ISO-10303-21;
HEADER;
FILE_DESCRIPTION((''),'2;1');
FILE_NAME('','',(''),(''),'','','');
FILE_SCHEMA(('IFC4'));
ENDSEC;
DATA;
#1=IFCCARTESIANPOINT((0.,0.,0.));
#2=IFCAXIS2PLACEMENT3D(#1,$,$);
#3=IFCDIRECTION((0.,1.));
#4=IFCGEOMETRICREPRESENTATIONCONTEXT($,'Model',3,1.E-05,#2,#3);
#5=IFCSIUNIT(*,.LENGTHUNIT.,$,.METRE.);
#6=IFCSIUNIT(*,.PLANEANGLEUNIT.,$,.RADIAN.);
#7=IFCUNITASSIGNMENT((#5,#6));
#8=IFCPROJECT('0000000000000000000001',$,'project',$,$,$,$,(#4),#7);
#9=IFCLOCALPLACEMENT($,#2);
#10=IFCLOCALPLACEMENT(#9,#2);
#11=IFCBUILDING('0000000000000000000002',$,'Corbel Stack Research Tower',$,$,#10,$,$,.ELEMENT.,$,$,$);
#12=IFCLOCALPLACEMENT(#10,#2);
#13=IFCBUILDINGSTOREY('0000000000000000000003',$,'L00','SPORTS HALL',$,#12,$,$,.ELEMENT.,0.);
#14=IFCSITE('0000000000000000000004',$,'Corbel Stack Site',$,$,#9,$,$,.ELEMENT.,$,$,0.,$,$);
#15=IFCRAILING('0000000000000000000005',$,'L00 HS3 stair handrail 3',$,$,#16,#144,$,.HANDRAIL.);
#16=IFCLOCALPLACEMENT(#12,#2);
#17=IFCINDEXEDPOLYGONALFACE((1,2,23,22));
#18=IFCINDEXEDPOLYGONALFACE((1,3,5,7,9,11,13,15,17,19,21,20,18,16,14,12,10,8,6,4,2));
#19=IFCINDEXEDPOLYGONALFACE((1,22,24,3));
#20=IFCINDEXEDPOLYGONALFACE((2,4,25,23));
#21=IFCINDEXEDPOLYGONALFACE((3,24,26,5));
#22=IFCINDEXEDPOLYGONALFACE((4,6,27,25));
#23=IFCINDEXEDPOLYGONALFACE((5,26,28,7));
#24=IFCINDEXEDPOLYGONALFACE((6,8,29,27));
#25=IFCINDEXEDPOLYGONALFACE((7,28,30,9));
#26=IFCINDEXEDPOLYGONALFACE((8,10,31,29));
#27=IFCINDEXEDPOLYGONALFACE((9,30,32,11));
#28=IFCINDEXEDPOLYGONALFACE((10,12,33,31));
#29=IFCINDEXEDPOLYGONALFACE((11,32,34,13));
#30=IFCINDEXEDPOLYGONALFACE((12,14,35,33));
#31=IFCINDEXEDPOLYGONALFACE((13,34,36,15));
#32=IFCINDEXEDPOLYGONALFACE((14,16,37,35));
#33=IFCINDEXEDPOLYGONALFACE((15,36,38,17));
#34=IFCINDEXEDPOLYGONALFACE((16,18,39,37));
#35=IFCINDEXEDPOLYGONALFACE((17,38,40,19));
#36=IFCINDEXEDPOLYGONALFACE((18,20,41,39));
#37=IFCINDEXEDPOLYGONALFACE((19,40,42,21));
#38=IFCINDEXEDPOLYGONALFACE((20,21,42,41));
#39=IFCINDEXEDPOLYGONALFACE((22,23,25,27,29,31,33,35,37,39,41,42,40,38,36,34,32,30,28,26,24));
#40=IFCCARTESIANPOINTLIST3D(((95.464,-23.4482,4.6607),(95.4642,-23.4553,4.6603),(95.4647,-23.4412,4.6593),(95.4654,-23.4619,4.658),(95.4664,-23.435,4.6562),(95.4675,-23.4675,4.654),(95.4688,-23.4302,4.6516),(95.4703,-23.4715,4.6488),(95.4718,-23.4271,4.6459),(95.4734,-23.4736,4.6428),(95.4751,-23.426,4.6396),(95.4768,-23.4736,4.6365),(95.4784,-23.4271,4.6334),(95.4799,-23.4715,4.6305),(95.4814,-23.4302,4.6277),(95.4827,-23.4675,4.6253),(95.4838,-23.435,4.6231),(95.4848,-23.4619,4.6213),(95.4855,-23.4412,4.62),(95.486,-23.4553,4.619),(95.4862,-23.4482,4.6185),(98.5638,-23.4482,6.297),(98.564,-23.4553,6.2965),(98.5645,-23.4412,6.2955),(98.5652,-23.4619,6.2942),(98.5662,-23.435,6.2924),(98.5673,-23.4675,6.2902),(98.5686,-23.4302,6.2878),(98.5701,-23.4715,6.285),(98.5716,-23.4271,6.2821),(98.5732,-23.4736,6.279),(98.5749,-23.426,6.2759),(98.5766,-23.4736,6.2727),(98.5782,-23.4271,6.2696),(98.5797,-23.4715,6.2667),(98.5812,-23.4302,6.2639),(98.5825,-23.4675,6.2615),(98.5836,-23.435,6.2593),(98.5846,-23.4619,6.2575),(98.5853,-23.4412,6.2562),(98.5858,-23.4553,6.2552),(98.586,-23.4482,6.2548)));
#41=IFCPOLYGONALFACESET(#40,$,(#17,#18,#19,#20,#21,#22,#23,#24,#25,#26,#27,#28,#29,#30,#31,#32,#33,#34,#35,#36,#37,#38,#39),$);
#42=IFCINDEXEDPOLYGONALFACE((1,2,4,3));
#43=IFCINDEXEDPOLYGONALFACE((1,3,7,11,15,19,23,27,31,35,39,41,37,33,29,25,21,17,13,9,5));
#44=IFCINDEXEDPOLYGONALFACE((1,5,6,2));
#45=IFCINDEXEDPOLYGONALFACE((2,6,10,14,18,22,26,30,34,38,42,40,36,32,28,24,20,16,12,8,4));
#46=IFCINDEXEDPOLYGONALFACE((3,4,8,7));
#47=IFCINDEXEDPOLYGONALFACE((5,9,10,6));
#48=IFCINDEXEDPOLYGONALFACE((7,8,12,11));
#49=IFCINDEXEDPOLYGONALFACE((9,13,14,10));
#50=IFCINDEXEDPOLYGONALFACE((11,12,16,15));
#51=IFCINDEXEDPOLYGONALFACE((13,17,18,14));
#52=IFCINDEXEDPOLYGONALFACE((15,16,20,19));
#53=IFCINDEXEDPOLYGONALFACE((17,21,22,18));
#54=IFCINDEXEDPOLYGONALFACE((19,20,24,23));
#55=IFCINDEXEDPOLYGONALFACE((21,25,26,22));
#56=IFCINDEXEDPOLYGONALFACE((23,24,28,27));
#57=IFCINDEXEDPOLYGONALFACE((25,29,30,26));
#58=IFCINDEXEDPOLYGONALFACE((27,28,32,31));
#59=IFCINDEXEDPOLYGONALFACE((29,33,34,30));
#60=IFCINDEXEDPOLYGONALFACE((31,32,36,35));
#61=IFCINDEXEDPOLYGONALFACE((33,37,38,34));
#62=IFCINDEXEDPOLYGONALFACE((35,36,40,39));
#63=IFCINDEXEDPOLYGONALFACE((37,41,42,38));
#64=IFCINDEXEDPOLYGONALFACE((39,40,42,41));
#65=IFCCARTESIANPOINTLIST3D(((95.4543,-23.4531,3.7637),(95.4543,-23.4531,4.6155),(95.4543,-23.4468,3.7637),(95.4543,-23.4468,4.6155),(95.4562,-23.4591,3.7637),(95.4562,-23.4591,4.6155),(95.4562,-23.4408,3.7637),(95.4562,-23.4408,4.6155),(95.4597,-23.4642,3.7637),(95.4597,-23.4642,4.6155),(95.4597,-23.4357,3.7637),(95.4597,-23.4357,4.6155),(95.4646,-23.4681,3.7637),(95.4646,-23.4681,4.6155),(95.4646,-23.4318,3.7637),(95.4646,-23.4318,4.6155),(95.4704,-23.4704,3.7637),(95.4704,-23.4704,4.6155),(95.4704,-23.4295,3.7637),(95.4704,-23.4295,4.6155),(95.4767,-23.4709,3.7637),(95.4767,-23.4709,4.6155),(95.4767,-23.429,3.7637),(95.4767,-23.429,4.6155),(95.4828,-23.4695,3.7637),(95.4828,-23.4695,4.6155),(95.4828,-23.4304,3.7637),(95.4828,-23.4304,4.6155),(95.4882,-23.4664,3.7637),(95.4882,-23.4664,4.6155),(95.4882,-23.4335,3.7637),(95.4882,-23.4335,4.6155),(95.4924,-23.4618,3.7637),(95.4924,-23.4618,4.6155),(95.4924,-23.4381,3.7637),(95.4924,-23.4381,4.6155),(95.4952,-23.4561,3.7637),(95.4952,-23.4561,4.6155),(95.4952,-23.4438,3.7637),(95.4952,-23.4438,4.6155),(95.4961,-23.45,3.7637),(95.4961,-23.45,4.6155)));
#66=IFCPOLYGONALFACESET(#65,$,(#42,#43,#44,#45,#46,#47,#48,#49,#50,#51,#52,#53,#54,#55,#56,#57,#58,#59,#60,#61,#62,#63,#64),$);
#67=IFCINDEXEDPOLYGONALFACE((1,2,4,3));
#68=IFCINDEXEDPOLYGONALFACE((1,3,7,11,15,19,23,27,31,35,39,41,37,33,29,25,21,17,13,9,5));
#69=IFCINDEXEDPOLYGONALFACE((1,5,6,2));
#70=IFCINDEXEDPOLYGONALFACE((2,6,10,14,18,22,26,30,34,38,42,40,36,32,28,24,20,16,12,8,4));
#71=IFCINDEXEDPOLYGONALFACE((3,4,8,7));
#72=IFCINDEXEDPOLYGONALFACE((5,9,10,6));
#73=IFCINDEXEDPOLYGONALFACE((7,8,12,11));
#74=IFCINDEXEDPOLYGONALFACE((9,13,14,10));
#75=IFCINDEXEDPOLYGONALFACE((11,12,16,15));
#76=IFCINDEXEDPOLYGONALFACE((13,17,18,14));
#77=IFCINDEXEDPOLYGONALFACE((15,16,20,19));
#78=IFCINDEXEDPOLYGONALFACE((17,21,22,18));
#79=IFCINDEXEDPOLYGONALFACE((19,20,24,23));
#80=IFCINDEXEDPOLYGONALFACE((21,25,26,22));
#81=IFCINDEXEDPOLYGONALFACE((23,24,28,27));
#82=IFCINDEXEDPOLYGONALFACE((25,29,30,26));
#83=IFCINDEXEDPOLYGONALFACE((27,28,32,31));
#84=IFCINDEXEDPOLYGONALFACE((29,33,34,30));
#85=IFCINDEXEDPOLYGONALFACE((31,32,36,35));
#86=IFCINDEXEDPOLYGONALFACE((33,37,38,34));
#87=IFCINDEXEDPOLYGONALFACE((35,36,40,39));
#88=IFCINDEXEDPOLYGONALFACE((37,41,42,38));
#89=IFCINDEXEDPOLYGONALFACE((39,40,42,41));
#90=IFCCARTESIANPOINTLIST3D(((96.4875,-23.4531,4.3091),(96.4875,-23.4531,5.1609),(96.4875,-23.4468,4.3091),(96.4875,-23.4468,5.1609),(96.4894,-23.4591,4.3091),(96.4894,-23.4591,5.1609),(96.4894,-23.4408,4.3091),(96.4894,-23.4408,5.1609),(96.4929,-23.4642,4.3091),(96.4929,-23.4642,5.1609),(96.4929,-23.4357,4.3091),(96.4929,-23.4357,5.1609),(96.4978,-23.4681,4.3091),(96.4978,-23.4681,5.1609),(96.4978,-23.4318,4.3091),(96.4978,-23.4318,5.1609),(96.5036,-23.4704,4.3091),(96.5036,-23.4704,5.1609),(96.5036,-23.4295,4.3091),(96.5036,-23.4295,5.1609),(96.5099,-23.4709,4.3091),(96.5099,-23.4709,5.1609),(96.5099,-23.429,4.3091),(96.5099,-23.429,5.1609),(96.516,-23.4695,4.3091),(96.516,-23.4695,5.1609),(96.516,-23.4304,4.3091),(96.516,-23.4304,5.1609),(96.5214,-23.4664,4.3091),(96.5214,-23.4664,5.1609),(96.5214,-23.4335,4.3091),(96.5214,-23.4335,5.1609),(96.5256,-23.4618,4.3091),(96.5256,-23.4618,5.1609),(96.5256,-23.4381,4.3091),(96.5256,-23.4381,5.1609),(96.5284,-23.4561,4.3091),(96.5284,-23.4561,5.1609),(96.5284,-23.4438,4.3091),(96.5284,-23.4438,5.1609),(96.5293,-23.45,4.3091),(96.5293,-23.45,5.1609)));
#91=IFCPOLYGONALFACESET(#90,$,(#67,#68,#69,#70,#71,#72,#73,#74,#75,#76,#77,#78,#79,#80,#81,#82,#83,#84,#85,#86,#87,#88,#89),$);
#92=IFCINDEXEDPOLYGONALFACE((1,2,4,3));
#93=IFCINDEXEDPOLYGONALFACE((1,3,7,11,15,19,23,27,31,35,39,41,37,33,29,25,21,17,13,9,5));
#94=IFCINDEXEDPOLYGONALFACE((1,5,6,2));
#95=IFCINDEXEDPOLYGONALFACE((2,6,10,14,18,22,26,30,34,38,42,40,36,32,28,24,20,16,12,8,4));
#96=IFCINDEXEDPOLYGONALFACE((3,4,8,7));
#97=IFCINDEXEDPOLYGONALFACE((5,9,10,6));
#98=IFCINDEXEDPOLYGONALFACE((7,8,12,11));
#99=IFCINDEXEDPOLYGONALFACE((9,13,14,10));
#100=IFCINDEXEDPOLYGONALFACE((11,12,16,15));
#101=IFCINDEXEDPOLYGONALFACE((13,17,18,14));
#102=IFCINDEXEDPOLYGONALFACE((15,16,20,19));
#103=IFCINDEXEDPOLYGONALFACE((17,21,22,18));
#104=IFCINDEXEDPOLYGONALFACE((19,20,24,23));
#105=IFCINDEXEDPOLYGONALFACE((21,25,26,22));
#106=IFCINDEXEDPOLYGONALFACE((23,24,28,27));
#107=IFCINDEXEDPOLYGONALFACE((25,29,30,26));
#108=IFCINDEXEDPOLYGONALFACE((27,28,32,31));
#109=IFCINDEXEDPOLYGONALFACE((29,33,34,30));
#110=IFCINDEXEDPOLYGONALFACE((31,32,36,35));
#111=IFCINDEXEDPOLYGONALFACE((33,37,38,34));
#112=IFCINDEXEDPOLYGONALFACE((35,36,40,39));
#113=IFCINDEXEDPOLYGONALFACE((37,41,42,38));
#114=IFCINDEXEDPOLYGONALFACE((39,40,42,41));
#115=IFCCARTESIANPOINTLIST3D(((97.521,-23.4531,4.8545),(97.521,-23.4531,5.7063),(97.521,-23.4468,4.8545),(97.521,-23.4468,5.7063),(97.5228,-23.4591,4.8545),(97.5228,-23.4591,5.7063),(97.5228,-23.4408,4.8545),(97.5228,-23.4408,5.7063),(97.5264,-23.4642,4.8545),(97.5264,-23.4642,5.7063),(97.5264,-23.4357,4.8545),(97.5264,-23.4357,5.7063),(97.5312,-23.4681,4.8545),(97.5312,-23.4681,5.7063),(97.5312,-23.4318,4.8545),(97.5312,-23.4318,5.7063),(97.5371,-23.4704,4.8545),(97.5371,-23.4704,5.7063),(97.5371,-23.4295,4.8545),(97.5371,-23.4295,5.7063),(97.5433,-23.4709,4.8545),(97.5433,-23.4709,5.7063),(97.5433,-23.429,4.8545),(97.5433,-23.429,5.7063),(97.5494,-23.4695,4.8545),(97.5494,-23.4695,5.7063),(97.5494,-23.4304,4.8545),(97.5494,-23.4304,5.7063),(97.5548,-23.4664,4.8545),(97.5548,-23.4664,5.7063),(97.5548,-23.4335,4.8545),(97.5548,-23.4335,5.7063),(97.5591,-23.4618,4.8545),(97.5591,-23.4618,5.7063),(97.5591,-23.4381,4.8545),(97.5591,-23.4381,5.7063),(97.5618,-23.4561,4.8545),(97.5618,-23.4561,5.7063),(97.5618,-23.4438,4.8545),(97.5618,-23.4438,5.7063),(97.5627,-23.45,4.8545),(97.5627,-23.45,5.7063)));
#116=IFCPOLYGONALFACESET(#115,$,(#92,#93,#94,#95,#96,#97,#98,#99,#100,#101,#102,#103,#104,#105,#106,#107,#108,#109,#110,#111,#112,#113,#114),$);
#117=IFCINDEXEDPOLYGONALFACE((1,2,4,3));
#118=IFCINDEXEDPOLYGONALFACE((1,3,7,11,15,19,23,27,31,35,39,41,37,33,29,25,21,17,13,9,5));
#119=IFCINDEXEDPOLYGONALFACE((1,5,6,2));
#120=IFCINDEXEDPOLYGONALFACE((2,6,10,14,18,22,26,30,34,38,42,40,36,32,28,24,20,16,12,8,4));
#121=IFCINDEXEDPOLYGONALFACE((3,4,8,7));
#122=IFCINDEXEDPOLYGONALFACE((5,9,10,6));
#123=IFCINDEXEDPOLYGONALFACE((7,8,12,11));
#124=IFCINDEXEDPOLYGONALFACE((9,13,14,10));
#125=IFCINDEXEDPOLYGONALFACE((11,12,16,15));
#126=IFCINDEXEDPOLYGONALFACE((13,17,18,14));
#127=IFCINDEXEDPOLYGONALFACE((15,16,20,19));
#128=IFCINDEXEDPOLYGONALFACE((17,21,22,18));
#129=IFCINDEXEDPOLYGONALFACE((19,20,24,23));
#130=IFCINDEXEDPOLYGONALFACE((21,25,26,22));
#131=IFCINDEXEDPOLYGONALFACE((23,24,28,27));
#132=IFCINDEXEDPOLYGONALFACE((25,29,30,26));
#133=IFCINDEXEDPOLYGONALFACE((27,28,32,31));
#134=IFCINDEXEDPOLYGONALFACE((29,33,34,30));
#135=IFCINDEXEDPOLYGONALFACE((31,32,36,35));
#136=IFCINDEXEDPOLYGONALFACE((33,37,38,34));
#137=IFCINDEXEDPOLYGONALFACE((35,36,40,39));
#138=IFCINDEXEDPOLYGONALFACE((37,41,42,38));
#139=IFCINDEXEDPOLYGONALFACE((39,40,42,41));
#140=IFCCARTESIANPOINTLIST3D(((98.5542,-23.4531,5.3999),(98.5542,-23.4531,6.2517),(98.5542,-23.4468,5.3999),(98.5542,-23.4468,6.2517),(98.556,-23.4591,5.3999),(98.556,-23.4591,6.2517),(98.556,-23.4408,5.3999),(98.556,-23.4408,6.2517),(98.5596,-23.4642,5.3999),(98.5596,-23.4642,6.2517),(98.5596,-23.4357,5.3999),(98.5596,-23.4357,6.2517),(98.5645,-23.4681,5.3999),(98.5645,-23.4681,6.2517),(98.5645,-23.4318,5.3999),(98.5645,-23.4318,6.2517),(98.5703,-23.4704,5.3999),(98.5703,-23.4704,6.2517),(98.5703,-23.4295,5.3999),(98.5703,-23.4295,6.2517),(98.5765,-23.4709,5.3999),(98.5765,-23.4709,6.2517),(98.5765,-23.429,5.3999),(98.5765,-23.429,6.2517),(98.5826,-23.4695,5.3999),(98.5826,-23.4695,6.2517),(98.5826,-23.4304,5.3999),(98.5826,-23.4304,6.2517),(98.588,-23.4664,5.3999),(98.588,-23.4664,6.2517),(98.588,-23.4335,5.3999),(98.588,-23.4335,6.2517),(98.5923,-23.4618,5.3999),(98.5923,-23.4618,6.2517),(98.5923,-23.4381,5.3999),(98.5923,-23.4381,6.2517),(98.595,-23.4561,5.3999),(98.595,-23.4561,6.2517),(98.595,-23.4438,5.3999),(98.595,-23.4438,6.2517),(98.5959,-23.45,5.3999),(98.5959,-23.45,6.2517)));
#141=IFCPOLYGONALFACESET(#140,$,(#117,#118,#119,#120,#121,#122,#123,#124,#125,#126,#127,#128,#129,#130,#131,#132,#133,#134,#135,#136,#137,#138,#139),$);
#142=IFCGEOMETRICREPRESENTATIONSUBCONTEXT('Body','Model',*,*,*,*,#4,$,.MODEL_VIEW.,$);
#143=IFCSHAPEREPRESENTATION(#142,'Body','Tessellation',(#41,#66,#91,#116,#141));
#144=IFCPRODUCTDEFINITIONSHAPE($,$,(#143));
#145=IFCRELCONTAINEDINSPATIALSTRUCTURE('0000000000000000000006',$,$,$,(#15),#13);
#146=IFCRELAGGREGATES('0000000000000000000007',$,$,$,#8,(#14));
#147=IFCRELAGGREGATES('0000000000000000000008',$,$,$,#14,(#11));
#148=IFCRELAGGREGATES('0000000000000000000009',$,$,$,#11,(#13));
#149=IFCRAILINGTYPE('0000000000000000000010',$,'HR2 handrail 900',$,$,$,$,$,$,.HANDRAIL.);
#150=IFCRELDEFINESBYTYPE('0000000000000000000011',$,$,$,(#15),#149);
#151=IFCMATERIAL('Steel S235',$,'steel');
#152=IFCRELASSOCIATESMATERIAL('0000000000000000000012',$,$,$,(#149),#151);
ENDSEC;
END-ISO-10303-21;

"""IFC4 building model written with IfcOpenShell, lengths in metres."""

from ifc_helpers import new_model, si_unit, direction, frame, origin, origin_2d, place, context, subcontext, project, spatial, circle, extrude, material, type_object, element, save


model = new_model("IFC4")

# Units and contexts
model_context = context("Model", 3, precision=1e-05, world=origin(), true_north=direction((0.0, 1.0)))
body_context = subcontext(model_context, "Body", "Model", "MODEL_VIEW")
ifc_project = project(units=[si_unit("LENGTHUNIT", "METRE"), si_unit("PLANEANGLEUNIT", "RADIAN")], contexts=[model_context])

# Site, building, storey
site_placement = place(None, origin())
site = spatial("IfcSite", under=ifc_project, at=site_placement, Name="Corbel Stack Site", CompositionType="ELEMENT", RefElevation=0.0)
building_placement = place(site_placement, origin())
building = spatial("IfcBuilding", under=site, at=building_placement, Name="Corbel Stack Research Tower", CompositionType="ELEMENT")
storey_placement = place(building_placement, origin())
storey = spatial("IfcBuildingStorey", under=building, at=storey_placement, Name="L00", Description="SPORTS HALL", CompositionType="ELEMENT", Elevation=0.0)

# Railing
ifc_material_1 = material(Name="Steel S235", Category="steel")
railing_type_1 = type_object("IfcRailingType", Name="HR2 handrail 900", PredefinedType="HANDRAIL", material=ifc_material_1)
railing_1_placement = place(storey_placement, frame((95.4751, -23.45, 3.7637)))
element("IfcRailing", 1, at=railing_1_placement, inside=storey, type_object=railing_type_1, Name="L00 HS3 stair handrail 3", PredefinedType="HANDRAIL", context=body_context, shape_type="SweptSolid", body=[
    extrude(circle(Radius=0.0239, at=origin_2d()), frame((0.0, 0.0, 0.876), z_axis=(0.884362, 0.0, 0.466803), x_axis=(0.0, 1.0, 0.0)), (0.0, 0.0, 1.0), 3.5051),
    extrude(circle(Radius=0.021, at=origin_2d()), origin(), (0.0, 0.0, 1.0), 0.8518),
    extrude(circle(Radius=0.021, at=origin_2d()), frame((1.0332, 0.0, 0.5454)), (0.0, 0.0, 1.0), 0.8518),
    extrude(circle(Radius=0.021, at=origin_2d()), frame((2.0667, 0.0, 1.0908)), (0.0, 0.0, 1.0), 0.8518),
    extrude(circle(Radius=0.021, at=origin_2d()), frame((3.0999, 0.0, 1.6362)), (0.0, 0.0, 1.0), 0.8518),
])

save(model, "model.ifc")
